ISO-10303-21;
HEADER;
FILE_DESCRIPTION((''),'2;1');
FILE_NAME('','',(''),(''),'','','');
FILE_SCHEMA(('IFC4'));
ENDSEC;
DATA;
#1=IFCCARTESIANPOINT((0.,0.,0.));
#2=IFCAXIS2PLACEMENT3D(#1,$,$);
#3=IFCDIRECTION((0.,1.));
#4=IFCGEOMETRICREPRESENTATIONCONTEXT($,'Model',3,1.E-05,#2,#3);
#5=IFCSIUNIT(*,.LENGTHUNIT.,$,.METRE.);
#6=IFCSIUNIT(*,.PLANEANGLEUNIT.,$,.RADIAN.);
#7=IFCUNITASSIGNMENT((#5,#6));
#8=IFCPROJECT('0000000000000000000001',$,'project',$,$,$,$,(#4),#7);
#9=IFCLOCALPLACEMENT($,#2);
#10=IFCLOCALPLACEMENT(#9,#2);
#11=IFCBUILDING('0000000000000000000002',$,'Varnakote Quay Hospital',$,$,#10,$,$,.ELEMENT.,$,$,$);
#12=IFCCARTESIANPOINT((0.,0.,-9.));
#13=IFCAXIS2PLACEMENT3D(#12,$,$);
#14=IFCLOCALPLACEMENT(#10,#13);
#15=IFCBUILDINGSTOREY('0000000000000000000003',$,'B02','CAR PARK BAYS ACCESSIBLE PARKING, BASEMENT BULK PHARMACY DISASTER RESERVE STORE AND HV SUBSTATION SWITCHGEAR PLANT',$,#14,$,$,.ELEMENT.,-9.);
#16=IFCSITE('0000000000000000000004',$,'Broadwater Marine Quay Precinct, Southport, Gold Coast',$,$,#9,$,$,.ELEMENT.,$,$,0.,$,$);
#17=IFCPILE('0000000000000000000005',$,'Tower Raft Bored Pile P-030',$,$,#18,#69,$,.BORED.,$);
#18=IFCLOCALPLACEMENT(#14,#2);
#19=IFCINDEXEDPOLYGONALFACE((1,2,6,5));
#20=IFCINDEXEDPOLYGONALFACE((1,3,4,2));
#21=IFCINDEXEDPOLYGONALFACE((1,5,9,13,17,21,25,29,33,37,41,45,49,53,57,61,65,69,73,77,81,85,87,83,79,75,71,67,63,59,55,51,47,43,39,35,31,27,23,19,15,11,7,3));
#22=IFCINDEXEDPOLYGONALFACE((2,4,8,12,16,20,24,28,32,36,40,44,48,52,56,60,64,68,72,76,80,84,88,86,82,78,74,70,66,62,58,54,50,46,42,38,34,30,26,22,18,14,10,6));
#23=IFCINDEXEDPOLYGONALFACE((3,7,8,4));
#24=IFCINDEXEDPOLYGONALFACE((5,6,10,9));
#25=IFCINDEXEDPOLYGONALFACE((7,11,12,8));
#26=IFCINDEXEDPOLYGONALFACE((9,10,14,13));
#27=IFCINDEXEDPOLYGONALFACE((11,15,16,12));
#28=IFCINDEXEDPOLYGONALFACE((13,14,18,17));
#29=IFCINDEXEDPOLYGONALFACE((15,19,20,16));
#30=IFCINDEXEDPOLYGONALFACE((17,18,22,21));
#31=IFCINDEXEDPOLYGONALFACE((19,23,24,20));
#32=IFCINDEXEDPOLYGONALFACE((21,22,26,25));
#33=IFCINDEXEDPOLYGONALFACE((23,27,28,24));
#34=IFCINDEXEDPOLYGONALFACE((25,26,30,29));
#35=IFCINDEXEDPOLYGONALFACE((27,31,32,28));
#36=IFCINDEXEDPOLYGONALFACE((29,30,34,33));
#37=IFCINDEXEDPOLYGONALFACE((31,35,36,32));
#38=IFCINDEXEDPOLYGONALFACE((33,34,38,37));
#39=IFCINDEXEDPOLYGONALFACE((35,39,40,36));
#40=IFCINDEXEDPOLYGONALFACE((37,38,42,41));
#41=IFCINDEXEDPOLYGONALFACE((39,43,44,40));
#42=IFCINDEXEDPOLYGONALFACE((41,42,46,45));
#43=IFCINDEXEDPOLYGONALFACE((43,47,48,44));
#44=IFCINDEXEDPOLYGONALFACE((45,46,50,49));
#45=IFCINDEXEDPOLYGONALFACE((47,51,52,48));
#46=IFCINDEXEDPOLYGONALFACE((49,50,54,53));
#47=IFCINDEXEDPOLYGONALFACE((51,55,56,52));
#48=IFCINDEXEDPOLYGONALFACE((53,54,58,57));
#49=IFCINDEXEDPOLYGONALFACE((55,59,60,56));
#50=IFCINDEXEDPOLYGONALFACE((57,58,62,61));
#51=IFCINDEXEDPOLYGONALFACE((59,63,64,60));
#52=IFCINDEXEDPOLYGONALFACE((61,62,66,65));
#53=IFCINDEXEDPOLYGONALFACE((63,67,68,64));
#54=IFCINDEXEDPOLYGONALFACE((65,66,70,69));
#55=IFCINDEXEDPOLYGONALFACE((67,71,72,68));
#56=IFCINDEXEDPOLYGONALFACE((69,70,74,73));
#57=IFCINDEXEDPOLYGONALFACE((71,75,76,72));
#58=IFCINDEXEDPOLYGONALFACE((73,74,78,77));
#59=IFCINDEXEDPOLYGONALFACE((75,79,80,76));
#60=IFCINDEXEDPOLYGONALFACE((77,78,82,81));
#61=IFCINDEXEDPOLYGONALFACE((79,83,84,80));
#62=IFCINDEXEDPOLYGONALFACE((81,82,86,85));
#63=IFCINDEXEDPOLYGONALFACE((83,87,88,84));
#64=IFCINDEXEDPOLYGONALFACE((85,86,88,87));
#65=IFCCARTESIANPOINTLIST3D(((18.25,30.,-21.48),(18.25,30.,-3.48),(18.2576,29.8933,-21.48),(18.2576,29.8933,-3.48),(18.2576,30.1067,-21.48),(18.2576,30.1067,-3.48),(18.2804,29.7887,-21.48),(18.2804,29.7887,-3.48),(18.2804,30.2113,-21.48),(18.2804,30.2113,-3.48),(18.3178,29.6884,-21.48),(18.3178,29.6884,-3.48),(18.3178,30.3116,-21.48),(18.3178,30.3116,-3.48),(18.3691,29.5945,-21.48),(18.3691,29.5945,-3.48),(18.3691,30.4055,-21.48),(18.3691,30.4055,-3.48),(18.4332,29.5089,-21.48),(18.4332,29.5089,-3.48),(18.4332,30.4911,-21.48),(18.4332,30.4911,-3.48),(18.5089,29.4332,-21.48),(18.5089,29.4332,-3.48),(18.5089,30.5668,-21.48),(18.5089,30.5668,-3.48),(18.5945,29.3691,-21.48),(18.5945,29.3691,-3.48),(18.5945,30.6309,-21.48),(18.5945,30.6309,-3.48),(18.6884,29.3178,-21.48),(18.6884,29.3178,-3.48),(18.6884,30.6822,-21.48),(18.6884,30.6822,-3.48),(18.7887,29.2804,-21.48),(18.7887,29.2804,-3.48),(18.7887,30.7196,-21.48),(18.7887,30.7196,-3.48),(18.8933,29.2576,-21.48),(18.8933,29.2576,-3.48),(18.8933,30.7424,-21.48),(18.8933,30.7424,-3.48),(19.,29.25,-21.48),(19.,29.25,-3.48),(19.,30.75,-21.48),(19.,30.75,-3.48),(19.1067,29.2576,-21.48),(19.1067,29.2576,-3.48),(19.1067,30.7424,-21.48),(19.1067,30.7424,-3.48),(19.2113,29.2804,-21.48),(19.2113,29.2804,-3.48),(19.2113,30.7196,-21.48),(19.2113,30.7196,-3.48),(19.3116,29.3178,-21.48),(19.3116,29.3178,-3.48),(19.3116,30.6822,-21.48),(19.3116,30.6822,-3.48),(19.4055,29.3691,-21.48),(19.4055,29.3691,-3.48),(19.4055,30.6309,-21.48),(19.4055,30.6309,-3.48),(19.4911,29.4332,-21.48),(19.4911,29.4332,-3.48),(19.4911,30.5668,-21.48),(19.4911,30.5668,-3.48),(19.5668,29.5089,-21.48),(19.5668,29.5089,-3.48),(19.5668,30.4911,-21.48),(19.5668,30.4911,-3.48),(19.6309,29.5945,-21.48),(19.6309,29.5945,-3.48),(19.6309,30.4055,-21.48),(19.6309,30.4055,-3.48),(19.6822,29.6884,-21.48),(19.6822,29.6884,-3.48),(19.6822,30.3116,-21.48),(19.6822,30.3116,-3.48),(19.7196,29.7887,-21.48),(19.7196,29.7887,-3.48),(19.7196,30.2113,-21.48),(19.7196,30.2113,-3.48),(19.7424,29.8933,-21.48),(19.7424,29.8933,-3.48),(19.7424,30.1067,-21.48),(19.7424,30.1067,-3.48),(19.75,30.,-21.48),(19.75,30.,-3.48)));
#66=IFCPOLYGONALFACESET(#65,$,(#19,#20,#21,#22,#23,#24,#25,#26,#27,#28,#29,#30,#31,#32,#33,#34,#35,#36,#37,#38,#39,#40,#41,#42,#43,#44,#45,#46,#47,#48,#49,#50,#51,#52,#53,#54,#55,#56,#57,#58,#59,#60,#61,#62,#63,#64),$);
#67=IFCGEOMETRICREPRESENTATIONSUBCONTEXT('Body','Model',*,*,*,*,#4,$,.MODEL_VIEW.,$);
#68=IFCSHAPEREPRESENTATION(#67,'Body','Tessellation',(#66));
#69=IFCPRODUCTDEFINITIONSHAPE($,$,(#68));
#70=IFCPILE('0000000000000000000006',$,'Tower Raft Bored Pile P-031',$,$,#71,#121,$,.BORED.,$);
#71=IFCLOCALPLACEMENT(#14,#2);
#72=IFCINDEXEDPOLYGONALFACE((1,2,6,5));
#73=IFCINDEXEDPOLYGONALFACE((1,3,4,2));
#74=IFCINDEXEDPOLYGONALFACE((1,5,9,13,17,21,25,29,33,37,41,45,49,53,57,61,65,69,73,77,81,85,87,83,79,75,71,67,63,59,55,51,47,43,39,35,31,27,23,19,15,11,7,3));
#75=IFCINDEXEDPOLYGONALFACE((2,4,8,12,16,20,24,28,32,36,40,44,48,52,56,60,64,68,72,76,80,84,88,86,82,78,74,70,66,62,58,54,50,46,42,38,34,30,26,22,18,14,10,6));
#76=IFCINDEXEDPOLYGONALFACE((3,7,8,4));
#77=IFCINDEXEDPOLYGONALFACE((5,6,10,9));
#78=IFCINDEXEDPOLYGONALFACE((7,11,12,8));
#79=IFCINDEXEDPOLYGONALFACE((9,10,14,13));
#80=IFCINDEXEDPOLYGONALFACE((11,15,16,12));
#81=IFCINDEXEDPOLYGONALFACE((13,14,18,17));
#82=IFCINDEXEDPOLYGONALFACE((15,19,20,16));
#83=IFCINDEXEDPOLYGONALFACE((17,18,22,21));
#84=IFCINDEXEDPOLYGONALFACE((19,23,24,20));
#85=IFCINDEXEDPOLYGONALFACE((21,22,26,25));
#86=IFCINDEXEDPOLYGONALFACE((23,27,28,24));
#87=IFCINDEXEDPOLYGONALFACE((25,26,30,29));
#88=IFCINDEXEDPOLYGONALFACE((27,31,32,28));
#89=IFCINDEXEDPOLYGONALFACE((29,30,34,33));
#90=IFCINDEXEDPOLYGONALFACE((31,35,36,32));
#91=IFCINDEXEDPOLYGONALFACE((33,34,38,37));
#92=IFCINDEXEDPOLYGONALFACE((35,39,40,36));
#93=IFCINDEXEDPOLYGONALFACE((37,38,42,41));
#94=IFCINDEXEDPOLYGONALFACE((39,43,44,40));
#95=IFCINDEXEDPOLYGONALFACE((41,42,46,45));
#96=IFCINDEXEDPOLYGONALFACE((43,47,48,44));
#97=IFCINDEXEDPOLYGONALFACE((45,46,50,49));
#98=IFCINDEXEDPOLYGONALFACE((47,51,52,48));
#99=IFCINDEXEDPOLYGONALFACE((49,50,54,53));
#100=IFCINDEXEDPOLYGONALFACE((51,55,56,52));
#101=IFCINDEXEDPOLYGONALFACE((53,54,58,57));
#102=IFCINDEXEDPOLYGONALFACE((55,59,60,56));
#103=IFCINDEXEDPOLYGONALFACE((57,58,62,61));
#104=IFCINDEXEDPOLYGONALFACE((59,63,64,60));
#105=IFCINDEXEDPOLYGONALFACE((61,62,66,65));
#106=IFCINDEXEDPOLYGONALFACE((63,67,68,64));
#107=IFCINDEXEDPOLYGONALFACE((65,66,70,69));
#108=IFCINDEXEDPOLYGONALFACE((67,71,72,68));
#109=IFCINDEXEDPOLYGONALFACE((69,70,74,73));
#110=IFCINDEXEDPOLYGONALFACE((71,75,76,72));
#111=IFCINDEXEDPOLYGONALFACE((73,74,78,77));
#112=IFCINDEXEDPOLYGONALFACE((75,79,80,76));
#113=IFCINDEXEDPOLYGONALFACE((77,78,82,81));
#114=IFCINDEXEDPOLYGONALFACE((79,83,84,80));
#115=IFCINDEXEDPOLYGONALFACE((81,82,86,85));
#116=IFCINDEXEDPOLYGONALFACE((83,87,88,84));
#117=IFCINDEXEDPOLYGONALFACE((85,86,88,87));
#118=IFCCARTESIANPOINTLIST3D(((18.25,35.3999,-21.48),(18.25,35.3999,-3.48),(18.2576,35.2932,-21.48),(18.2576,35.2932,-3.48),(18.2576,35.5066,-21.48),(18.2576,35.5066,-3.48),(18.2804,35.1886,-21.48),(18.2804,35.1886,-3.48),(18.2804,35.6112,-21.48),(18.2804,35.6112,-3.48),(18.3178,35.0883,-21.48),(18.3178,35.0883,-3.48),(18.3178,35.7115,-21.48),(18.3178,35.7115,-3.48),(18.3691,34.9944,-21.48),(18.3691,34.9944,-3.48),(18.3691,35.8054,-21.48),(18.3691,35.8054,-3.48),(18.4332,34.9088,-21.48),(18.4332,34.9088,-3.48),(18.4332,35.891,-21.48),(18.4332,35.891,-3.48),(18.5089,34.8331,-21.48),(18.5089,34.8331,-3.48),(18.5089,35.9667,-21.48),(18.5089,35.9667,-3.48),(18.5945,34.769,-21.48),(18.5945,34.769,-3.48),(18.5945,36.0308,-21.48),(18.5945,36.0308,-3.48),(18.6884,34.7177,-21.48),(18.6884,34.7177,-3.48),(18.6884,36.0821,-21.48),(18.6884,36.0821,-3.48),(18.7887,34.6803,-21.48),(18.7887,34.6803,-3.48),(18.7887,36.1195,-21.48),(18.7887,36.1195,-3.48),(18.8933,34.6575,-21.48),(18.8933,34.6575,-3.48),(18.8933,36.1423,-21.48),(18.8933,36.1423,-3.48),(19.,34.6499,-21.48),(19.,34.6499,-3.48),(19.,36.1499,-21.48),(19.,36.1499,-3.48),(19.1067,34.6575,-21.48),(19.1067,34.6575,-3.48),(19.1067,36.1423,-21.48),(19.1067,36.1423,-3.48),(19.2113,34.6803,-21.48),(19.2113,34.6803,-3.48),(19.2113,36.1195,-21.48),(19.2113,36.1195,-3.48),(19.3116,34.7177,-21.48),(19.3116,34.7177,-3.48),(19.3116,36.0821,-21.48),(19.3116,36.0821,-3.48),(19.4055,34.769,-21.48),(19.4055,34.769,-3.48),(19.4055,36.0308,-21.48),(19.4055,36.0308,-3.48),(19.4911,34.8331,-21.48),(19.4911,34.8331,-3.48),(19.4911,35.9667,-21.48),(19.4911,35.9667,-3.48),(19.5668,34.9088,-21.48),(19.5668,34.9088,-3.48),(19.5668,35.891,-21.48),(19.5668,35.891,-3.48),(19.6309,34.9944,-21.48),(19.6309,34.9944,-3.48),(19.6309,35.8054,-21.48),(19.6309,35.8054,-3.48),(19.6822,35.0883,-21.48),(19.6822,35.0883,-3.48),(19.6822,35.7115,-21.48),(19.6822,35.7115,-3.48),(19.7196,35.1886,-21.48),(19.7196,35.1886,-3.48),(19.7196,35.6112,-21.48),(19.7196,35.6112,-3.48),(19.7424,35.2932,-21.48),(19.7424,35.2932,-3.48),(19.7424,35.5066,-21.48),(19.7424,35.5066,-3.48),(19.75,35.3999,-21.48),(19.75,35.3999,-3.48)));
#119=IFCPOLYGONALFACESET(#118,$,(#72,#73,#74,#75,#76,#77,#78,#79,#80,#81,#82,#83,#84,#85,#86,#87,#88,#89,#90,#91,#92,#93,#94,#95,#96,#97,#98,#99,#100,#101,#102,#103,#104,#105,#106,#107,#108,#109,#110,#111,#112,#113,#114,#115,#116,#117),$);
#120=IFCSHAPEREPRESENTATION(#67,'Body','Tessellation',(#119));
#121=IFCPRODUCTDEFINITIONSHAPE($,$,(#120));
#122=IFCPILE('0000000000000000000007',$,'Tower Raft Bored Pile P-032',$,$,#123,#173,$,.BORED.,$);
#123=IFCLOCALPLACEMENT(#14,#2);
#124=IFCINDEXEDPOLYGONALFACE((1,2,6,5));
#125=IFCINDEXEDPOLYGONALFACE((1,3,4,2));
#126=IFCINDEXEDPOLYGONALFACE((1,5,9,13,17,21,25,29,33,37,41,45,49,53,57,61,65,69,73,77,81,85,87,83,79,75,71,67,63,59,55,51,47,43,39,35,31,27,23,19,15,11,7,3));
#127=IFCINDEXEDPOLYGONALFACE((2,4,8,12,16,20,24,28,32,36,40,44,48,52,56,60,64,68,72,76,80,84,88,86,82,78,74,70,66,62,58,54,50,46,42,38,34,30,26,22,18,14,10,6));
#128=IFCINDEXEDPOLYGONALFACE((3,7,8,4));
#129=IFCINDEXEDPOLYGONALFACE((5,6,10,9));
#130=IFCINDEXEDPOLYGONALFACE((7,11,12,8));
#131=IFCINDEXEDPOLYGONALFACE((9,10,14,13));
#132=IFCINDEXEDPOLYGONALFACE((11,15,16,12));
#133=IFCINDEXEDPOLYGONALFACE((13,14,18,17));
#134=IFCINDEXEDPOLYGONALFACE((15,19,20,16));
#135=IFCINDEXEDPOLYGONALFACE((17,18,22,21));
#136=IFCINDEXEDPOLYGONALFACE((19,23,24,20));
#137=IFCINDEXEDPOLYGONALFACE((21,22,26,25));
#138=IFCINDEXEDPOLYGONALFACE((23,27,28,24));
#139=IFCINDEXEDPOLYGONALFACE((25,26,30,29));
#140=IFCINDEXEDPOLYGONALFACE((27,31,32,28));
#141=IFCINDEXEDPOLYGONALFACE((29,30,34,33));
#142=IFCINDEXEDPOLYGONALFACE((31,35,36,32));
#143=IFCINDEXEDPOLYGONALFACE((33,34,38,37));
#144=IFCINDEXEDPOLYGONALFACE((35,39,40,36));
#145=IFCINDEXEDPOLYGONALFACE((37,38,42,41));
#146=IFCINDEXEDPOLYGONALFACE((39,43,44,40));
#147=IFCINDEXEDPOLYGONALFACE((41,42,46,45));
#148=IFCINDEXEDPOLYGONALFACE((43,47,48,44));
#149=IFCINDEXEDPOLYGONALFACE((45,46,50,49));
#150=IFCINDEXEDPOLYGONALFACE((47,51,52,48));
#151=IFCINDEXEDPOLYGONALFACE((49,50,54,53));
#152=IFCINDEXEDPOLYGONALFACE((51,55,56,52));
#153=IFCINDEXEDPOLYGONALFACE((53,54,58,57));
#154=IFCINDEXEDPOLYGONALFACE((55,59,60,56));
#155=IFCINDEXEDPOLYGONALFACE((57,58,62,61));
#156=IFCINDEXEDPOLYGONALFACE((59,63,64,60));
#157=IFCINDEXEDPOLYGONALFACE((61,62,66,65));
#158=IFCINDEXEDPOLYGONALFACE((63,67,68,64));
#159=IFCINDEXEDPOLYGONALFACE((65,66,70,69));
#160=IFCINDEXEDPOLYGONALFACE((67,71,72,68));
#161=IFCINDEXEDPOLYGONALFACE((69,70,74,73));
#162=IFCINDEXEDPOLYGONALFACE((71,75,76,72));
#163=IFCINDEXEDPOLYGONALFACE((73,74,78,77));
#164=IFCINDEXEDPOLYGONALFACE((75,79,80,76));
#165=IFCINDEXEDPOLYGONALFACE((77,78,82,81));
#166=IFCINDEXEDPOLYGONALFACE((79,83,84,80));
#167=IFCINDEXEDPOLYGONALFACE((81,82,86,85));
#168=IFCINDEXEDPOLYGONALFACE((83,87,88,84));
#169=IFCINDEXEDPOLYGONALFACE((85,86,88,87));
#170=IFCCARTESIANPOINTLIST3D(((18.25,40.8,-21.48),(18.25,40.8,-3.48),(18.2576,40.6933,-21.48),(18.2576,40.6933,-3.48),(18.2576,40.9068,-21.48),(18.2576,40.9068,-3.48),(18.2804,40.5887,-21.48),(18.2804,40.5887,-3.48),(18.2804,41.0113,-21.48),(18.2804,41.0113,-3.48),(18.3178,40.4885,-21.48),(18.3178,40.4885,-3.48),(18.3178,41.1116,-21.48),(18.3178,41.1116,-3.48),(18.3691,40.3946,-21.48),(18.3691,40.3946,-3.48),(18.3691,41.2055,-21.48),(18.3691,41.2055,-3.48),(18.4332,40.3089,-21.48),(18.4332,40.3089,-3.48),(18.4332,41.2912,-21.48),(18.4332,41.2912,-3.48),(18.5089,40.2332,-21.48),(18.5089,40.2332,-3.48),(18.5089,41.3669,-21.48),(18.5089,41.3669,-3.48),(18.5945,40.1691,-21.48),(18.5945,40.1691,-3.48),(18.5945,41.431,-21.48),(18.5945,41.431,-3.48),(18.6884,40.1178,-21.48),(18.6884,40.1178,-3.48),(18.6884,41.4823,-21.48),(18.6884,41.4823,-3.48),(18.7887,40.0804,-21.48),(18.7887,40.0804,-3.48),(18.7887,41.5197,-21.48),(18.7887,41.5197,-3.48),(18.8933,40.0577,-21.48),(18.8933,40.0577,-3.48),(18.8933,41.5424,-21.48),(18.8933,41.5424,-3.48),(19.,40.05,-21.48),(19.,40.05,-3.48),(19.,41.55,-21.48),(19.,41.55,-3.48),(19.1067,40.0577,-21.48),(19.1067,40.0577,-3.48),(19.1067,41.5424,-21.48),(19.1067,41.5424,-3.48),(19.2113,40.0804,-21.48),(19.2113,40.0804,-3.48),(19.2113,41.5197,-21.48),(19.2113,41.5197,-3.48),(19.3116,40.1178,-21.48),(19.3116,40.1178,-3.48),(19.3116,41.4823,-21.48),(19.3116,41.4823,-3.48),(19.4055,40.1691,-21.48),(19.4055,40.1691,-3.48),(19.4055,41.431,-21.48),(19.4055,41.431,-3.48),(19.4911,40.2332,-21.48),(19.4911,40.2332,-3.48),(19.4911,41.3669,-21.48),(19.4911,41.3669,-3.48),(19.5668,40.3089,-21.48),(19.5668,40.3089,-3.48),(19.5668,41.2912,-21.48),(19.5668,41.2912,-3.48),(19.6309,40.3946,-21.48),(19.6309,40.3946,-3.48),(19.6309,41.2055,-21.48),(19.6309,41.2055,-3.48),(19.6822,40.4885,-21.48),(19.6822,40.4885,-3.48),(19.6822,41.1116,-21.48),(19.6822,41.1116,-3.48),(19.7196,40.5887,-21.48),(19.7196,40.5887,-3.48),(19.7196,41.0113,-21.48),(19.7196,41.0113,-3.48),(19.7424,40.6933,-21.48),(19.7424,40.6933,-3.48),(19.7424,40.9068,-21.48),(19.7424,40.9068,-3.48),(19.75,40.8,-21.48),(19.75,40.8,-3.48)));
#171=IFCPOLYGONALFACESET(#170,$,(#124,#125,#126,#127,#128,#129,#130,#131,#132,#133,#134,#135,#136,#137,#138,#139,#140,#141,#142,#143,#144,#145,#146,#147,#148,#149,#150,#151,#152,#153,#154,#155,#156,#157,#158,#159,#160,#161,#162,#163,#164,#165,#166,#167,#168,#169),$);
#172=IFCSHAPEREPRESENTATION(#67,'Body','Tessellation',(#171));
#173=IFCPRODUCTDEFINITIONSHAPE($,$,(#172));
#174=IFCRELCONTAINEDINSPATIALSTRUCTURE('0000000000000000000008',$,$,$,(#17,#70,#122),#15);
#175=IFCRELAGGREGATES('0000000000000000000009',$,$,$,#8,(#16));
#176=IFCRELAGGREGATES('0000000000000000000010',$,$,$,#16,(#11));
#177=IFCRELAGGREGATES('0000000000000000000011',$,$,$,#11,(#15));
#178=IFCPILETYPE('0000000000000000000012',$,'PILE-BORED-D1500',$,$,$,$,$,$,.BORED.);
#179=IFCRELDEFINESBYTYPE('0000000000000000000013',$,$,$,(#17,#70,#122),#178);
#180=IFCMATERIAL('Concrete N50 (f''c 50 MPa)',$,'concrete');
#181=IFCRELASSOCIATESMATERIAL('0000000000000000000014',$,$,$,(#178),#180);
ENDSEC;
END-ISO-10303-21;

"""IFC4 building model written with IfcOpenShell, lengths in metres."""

from ifc_helpers import new_model, si_unit, direction, frame, origin, origin_2d, place, context, subcontext, project, spatial, circle, extrude, material, material_profile, profile_set, type_object, element, save


model = new_model("IFC4")

# Units and contexts
model_context = context("Model", 3, precision=1e-05, world=origin(), true_north=direction((0.0, 1.0)))
body_context = subcontext(model_context, "Body", "Model", "MODEL_VIEW")
ifc_project = project(units=[si_unit("LENGTHUNIT", "METRE"), si_unit("PLANEANGLEUNIT", "RADIAN")], contexts=[model_context])

# Site, building, storey
site_placement = place(None, origin())
site = spatial("IfcSite", under=ifc_project, at=site_placement, Name="Broadwater Marine Quay Precinct, Southport, Gold Coast", CompositionType="ELEMENT", RefElevation=0.0)
building_placement = place(site_placement, origin())
building = spatial("IfcBuilding", under=site, at=building_placement, Name="Varnakote Quay Hospital", CompositionType="ELEMENT")
storey_placement = place(building_placement, frame((0.0, 0.0, -9.0)))
storey = spatial("IfcBuildingStorey", under=building, at=storey_placement, Name="B02", Description="CAR PARK BAYS ACCESSIBLE PARKING, BASEMENT BULK PHARMACY DISASTER RESERVE STORE AND HV SUBSTATION SWITCHGEAR PLANT", CompositionType="ELEMENT", Elevation=-9.0)

# Piles
ifc_material_1 = material(Name="Concrete N50 (f'c 50 MPa)", Category="concrete")
ifc_material_profile_1 = material_profile(ifc_material_1, circle(Radius=0.75, at=origin_2d()), Name="PILE-D1500")
ifc_profile_set_1 = profile_set([ifc_material_profile_1], Name="Concrete N50 (f'c 50 MPa)")
pile_type = type_object("IfcPileType", Name="PILE-BORED-D1500", PredefinedType="BORED", material=ifc_profile_set_1)
for number, where, z_axis, x_axis, name in (
    (1, (19.0, 30.0, -3.48), (0.0, 0.0, -1.0), (1.0, 0.0, 0.0), "Tower Raft Bored Pile P-030"),
    (2, (19.0, 35.3999, -3.48), (0.0, 0.0, -1.0), (1.0, 0.0, 0.0), "Tower Raft Bored Pile P-031"),
    (3, (19.0, 40.8, -3.48), (0.0, 0.0, -1.0), (1.0, 0.0, 0.0), "Tower Raft Bored Pile P-032"),
):
    element("IfcPile", number, at=place(storey_placement, frame(where, z_axis=z_axis, x_axis=x_axis)), inside=storey, type_object=pile_type, Name=name, PredefinedType="BORED", context=body_context, shape_type="SweptSolid", body=[
        extrude(circle(Radius=0.75, at=origin_2d()), origin(), (0.0, 0.0, 1.0), 18.0),
    ])

save(model, "model.ifc")
